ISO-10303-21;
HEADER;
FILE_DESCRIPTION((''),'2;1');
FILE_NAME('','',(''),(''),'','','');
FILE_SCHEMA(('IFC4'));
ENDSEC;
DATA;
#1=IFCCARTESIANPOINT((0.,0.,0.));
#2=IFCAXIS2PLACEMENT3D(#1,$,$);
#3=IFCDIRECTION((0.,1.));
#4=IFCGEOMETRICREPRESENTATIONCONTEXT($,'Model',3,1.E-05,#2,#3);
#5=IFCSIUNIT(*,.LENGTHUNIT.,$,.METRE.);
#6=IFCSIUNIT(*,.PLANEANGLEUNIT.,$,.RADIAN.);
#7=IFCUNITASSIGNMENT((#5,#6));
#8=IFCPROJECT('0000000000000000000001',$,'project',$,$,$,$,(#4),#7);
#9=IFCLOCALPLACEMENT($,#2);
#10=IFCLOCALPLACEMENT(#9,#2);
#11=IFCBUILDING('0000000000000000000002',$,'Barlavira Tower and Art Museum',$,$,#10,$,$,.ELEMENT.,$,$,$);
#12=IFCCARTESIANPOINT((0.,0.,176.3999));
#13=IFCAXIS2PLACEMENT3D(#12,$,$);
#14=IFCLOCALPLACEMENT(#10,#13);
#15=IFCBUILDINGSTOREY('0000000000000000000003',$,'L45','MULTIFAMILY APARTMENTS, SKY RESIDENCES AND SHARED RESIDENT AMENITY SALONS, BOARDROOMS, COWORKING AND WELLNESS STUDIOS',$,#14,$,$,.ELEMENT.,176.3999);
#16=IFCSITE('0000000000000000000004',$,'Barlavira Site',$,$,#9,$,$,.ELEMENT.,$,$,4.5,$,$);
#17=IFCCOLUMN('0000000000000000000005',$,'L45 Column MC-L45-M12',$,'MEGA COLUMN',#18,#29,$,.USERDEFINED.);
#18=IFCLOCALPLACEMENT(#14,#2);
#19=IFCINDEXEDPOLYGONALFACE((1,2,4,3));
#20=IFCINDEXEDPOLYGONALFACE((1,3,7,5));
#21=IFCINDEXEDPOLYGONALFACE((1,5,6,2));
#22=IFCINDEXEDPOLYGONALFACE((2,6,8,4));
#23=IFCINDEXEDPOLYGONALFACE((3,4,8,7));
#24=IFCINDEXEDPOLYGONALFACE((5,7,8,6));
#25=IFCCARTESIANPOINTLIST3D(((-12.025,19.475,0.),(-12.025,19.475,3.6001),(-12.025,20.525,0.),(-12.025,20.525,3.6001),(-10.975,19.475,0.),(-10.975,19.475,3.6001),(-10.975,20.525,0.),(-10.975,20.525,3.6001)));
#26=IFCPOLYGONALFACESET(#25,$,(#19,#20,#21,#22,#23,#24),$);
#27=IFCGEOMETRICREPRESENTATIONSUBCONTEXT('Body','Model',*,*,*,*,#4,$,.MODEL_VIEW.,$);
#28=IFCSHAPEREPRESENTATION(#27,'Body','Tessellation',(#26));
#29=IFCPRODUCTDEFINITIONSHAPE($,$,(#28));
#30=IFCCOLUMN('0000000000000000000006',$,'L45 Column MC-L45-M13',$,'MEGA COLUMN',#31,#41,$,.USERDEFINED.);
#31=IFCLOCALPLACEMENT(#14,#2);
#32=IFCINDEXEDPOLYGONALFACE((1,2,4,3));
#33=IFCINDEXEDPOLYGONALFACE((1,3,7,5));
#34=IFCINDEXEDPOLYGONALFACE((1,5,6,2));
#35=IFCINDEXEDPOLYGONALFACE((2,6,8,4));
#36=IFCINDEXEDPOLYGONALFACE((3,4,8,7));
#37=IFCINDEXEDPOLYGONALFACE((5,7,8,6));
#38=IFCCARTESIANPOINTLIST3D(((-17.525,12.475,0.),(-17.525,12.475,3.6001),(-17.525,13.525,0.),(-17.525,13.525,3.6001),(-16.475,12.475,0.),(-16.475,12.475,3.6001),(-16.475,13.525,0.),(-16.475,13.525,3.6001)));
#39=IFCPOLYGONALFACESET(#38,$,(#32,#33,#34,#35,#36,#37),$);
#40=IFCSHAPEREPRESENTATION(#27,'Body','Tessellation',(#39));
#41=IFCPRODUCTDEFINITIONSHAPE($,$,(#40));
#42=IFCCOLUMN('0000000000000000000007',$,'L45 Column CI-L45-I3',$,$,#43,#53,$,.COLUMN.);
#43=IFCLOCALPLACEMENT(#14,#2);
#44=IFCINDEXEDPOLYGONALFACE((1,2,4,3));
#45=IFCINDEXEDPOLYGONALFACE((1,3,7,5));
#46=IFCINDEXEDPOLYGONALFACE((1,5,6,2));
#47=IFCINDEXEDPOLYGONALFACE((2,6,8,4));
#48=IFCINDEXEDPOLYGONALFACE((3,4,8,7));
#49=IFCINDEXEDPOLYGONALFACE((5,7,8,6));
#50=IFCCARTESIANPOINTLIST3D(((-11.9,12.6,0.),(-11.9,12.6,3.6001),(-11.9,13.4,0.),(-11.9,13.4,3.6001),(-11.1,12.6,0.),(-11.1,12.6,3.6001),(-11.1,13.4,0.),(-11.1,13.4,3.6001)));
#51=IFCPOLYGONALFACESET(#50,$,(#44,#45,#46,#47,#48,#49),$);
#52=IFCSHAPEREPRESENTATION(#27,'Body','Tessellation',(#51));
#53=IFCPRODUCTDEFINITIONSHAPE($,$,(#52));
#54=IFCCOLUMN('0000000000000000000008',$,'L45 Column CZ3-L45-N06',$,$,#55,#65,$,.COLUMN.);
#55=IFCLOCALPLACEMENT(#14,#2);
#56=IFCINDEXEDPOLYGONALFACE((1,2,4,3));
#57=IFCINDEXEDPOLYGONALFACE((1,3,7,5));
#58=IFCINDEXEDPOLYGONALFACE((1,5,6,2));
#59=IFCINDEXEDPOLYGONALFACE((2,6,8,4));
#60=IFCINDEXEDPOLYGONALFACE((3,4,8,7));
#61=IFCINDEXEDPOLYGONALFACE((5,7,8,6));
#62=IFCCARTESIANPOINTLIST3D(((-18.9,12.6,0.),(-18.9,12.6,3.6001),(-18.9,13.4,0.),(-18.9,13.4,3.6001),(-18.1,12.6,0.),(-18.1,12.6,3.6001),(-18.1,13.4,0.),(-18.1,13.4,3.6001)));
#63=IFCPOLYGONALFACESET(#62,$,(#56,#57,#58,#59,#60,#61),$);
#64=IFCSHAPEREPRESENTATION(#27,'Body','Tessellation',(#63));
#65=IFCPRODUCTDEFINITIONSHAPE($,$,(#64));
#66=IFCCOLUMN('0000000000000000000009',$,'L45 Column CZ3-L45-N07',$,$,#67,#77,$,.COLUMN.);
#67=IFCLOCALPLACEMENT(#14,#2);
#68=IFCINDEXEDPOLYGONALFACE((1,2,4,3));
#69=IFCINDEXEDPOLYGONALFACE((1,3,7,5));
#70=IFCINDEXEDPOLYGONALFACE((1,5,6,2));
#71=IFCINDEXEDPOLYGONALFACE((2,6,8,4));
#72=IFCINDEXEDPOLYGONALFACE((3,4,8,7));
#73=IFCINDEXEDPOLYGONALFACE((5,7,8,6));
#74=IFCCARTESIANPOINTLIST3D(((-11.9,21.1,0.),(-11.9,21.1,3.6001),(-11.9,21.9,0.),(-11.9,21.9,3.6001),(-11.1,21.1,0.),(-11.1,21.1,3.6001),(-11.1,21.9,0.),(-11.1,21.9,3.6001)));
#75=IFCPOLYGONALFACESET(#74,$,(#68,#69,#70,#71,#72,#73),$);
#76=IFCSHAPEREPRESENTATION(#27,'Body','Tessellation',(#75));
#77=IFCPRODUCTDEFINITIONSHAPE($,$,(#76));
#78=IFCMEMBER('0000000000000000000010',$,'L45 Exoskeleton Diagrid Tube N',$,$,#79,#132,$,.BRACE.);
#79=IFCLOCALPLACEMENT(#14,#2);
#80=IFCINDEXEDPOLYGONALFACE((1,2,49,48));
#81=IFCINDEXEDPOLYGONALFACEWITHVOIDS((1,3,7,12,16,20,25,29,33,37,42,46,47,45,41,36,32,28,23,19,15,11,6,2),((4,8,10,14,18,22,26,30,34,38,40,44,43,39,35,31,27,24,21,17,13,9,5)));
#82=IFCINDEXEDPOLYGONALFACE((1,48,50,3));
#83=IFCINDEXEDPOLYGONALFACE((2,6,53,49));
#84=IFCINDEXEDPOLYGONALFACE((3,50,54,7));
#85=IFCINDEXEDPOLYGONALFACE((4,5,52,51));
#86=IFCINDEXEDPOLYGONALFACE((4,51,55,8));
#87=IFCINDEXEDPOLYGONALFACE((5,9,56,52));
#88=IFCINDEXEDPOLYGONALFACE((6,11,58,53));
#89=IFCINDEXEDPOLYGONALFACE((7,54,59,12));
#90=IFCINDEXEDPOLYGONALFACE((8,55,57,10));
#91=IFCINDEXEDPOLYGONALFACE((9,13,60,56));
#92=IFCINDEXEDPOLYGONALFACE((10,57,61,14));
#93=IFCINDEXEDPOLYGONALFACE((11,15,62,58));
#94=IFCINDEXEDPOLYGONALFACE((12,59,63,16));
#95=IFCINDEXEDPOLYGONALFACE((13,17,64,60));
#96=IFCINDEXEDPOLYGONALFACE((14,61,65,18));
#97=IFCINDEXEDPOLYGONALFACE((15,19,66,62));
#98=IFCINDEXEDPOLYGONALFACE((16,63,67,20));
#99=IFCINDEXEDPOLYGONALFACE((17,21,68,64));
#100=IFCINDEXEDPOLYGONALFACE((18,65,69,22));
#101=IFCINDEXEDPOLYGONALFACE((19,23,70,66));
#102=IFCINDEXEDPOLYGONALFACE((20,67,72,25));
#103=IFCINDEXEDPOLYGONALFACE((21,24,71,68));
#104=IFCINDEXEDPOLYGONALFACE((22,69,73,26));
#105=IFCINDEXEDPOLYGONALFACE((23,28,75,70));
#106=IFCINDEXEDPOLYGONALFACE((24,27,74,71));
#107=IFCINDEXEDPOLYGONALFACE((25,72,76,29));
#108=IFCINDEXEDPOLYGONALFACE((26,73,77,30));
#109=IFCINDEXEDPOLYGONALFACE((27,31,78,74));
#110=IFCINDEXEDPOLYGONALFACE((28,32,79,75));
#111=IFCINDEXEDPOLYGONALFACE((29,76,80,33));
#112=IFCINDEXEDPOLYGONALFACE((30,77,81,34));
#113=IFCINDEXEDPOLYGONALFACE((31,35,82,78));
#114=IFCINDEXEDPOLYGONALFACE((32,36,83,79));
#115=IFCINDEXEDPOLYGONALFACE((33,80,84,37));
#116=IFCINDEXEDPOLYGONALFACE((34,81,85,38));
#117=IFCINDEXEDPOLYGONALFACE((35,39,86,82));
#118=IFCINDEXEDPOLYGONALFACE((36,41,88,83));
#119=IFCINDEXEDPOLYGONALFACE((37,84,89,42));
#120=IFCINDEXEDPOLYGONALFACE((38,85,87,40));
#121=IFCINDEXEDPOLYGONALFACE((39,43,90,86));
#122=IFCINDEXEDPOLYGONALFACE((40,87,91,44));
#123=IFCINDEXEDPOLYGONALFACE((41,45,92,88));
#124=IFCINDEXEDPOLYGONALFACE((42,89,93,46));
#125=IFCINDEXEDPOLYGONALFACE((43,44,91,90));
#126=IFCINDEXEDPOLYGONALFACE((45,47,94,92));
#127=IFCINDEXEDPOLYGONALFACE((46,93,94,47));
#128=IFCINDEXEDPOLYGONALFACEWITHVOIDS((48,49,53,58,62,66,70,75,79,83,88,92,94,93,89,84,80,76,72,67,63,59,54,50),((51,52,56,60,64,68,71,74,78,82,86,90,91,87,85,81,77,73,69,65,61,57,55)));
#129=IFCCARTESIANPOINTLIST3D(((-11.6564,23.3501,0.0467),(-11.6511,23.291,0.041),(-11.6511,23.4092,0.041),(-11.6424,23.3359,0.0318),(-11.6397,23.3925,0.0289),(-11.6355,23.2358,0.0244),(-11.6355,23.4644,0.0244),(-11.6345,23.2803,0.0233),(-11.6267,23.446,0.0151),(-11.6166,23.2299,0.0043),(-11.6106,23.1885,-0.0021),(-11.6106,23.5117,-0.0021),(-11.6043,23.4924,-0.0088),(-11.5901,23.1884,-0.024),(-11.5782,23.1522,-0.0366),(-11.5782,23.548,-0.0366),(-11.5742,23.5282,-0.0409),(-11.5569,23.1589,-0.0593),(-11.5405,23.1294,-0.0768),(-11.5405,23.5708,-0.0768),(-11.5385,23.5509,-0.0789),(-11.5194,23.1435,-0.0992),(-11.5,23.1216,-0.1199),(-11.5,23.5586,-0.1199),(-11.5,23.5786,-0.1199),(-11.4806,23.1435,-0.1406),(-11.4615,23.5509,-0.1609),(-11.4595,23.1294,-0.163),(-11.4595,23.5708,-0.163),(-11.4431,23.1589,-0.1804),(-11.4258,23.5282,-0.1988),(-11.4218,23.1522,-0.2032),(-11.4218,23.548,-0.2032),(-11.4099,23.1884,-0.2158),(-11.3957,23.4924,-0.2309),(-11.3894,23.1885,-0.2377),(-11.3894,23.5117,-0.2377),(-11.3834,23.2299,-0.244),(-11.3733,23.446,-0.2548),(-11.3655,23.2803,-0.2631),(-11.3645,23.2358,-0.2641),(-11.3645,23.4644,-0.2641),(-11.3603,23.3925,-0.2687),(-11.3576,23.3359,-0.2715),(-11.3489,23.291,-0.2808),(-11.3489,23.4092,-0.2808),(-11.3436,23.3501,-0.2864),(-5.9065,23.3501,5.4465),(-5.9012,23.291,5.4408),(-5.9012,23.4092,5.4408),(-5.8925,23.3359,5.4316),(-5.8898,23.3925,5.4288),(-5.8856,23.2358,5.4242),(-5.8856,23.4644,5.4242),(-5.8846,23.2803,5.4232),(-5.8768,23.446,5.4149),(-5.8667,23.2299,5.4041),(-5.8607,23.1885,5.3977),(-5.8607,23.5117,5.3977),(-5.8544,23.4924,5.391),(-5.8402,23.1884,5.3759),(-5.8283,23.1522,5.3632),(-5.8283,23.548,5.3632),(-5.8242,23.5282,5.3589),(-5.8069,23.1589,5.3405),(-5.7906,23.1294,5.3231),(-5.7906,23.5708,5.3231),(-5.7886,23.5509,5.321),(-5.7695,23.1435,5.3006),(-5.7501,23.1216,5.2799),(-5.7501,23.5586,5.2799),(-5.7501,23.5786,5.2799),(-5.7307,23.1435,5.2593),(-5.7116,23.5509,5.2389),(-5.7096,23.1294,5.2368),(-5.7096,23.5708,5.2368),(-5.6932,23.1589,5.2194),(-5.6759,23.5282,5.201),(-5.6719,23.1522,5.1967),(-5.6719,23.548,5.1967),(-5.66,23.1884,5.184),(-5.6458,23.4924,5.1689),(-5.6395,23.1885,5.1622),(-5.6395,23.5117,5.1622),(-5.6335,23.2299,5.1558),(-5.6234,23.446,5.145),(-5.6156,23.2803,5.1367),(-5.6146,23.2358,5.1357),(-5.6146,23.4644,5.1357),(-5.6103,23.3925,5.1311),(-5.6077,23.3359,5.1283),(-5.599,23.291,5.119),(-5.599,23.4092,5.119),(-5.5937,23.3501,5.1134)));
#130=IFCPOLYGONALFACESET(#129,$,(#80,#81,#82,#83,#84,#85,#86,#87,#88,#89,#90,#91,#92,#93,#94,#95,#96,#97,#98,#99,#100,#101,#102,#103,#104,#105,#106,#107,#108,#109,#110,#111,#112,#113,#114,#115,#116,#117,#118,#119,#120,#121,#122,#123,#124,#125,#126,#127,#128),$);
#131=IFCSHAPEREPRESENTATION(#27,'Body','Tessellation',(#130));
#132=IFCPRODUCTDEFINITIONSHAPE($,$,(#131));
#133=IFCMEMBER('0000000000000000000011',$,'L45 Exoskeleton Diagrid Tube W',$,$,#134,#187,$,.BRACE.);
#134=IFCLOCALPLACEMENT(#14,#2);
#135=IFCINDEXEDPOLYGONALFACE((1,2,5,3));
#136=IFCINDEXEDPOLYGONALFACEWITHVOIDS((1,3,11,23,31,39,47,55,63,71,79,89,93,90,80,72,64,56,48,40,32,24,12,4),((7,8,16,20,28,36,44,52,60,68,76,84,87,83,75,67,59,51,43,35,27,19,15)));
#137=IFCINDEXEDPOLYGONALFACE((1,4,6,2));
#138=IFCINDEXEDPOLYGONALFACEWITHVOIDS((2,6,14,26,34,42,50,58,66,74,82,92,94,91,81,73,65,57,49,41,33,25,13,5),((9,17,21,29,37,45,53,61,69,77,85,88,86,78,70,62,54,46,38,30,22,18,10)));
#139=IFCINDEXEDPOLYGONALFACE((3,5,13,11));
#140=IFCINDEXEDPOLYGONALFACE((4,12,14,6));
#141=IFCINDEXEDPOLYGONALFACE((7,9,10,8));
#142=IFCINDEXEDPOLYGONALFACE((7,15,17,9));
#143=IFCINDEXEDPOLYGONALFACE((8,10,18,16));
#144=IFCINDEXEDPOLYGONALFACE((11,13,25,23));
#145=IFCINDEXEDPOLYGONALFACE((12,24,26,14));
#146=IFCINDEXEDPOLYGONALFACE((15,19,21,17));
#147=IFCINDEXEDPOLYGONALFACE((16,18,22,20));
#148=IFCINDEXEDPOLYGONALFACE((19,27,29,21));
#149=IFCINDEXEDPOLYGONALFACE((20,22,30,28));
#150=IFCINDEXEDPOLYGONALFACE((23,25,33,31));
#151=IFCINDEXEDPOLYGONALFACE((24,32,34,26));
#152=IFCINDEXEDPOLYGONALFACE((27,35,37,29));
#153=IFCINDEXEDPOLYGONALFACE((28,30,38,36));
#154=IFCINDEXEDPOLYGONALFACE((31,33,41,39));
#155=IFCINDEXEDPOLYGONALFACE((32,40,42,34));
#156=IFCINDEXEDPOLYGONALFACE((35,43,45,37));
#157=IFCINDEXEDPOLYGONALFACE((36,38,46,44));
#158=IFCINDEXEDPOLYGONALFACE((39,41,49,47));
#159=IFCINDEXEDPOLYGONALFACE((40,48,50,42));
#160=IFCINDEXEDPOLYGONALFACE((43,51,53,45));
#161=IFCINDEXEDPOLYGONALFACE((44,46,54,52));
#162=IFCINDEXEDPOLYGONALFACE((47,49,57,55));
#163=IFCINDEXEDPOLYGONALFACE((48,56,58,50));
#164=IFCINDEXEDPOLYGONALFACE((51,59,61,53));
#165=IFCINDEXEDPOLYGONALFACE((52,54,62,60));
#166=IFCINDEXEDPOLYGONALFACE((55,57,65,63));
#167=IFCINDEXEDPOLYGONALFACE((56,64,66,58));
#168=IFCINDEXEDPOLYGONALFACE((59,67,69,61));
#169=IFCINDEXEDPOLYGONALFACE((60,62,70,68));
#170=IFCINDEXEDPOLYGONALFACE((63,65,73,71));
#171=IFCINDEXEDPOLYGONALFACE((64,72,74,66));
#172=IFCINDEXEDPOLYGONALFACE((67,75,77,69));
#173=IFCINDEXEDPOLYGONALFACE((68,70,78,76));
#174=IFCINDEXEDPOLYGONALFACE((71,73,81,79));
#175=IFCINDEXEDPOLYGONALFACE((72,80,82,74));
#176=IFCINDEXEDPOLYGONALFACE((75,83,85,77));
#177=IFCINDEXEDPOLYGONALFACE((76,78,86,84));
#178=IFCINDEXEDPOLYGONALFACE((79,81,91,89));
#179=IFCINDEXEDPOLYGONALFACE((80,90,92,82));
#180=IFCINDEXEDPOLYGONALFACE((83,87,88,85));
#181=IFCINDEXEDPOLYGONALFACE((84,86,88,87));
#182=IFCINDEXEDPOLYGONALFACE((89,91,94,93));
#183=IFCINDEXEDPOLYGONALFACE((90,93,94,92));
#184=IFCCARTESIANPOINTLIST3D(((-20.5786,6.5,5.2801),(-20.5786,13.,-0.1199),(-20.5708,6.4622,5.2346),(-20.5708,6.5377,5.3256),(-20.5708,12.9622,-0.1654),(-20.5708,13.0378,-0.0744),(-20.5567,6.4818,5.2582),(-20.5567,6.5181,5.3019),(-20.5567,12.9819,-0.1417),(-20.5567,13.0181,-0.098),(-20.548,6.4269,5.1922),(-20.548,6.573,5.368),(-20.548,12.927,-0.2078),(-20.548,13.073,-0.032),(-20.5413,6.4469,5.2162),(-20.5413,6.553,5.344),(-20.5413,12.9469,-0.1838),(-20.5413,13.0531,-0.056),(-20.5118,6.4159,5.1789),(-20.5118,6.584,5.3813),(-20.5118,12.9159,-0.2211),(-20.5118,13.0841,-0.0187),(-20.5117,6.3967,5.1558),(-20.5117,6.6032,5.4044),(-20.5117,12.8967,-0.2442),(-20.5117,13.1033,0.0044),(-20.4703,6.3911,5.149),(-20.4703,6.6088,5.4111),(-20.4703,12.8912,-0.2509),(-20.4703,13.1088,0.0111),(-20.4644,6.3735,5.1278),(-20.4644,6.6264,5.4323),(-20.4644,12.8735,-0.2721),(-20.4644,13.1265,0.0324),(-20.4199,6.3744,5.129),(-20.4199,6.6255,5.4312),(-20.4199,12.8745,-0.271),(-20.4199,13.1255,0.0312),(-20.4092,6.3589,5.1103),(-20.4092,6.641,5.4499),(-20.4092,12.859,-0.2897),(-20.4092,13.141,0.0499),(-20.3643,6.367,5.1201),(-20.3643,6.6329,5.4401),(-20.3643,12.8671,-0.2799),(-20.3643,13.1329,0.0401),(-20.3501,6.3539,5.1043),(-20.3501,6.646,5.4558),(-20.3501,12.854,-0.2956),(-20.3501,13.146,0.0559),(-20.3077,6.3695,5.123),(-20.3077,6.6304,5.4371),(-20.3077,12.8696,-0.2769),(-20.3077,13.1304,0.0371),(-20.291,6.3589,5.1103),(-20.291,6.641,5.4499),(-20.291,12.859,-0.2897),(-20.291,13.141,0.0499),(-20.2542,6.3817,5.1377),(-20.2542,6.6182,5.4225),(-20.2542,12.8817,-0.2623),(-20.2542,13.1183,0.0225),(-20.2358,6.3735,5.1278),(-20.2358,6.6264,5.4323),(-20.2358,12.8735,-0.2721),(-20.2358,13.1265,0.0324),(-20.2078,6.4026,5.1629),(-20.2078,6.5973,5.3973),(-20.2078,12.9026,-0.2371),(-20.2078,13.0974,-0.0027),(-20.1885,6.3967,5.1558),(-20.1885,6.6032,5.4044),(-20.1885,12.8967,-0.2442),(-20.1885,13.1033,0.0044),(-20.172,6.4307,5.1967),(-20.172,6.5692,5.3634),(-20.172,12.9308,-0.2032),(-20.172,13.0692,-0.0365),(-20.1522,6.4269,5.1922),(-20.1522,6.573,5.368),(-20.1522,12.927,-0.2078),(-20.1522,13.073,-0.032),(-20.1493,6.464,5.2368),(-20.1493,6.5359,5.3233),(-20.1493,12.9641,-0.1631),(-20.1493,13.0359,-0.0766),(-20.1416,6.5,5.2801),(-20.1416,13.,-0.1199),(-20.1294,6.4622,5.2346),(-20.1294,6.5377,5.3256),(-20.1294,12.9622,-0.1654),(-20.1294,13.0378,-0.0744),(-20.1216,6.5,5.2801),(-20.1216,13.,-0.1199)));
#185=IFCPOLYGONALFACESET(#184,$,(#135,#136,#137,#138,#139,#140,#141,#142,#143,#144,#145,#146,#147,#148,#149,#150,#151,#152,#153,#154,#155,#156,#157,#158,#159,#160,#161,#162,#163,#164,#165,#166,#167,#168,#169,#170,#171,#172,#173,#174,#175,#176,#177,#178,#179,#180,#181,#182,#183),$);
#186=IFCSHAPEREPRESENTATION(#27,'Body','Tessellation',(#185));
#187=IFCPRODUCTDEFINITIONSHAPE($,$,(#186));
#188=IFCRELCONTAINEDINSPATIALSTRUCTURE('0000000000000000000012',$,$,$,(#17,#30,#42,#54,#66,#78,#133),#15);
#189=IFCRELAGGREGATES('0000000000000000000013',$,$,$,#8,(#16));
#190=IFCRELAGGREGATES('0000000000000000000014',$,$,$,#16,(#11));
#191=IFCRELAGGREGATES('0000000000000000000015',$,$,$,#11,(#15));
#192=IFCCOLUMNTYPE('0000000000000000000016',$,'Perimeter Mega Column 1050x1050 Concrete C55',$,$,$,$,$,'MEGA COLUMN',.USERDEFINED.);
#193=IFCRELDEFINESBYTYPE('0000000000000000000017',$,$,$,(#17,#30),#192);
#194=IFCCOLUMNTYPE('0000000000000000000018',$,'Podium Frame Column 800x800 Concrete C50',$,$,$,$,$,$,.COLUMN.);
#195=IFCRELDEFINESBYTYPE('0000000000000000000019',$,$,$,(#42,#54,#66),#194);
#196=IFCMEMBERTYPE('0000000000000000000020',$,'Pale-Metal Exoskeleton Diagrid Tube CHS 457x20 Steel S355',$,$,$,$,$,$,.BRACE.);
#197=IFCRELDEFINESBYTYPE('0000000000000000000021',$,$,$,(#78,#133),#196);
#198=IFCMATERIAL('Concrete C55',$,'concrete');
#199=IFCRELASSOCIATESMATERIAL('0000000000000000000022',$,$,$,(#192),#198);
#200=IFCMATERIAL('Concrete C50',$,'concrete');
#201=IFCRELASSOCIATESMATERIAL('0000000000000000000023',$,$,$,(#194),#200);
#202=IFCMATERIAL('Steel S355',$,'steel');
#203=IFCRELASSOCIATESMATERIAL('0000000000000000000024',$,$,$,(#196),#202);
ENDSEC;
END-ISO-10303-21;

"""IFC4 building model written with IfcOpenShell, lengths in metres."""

from ifc_helpers import new_model, si_unit, direction, frame, origin, origin_2d, place, context, subcontext, project, spatial, rectangle, hollow_circle, extrude, material, material_profile, profile_set, type_object, element, save


model = new_model("IFC4")

# Units and contexts
model_context = context("Model", 3, precision=1e-05, world=origin(), true_north=direction((0.0, 1.0)))
body_context = subcontext(model_context, "Body", "Model", "MODEL_VIEW")
ifc_project = project(units=[si_unit("LENGTHUNIT", "METRE"), si_unit("PLANEANGLEUNIT", "RADIAN")], contexts=[model_context])

# Site, building, storey
site_placement = place(None, origin())
site = spatial("IfcSite", under=ifc_project, at=site_placement, Name="Barlavira Site", CompositionType="ELEMENT", RefElevation=4.5)
building_placement = place(site_placement, origin())
building = spatial("IfcBuilding", under=site, at=building_placement, Name="Barlavira Tower and Art Museum", CompositionType="ELEMENT")
storey_placement = place(building_placement, frame((0.0, 0.0, 176.3999)))
storey = spatial("IfcBuildingStorey", under=building, at=storey_placement, Name="L45", Description="MULTIFAMILY APARTMENTS, SKY RESIDENCES AND SHARED RESIDENT AMENITY SALONS, BOARDROOMS, COWORKING AND WELLNESS STUDIOS", CompositionType="ELEMENT", Elevation=176.3999)

# Columns
ifc_material_1 = material(Name="Concrete C55", Category="concrete")
ifc_material_profile_1 = material_profile(ifc_material_1, rectangle(XDim=1.05, YDim=1.05, at=origin_2d()), Name="RC-COL 1050x1050")
ifc_profile_set_1 = profile_set([ifc_material_profile_1], Name="Concrete C55")
column_type_1 = type_object("IfcColumnType", Name="Perimeter Mega Column 1050x1050 Concrete C55", ElementType="MEGA COLUMN", PredefinedType="USERDEFINED", material=ifc_profile_set_1)
for number, where, z_axis, x_axis, name in (
    (1, (-11.5, 20.0, 0.0), (0.0, 0.0, 1.0), (1.0, 0.0, 0.0), "L45 Column MC-L45-M12"),
    (2, (-17.0, 13.0, 0.0), (0.0, 0.0, 1.0), (1.0, 0.0, 0.0), "L45 Column MC-L45-M13"),
):
    element("IfcColumn", number, at=place(storey_placement, frame(where, z_axis=z_axis, x_axis=x_axis)), inside=storey, type_object=column_type_1, Name=name, ObjectType="MEGA COLUMN", PredefinedType="USERDEFINED", context=body_context, shape_type="SweptSolid", body=[
        extrude(rectangle(XDim=1.05, YDim=1.05, at=origin_2d()), origin(), (0.0, 0.0, 1.0), 3.6001),
    ])
ifc_material_2 = material(Name="Concrete C50", Category="concrete")
ifc_material_profile_2 = material_profile(ifc_material_2, rectangle(XDim=0.8, YDim=0.8, at=origin_2d()), Name="RC-COL 800x800")
ifc_profile_set_2 = profile_set([ifc_material_profile_2], Name="Concrete C50")
column_type_2 = type_object("IfcColumnType", Name="Podium Frame Column 800x800 Concrete C50", PredefinedType="COLUMN", material=ifc_profile_set_2)
for number, where, z_axis, x_axis, name in (
    (3, (-11.5, 13.0, 0.0), (0.0, 0.0, 1.0), (1.0, 0.0, 0.0), "L45 Column CI-L45-I3"),
    (4, (-18.5, 13.0, 0.0), (0.0, 0.0, 1.0), (1.0, 0.0, 0.0), "L45 Column CZ3-L45-N06"),
    (5, (-11.5, 21.5, 0.0), (0.0, 0.0, 1.0), (1.0, 0.0, 0.0), "L45 Column CZ3-L45-N07"),
):
    element("IfcColumn", number, at=place(storey_placement, frame(where, z_axis=z_axis, x_axis=x_axis)), inside=storey, type_object=column_type_2, Name=name, PredefinedType="COLUMN", context=body_context, shape_type="SweptSolid", body=[
        extrude(rectangle(XDim=0.8, YDim=0.8, at=origin_2d()), origin(), (0.0, 0.0, 1.0), 3.6001),
    ])

# Members
ifc_material_3 = material(Name="Steel S355", Category="steel")
ifc_material_profile_3 = material_profile(ifc_material_3, hollow_circle(Radius=0.2285, WallThickness=0.02, at=origin_2d()), Name="CHS 457.0x20.0")
ifc_profile_set_3 = profile_set([ifc_material_profile_3], Name="Steel S355")
member_type_1 = type_object("IfcMemberType", Name="Pale-Metal Exoskeleton Diagrid Tube CHS 457x20 Steel S355", PredefinedType="BRACE", material=ifc_profile_set_3)
member_1_placement = place(storey_placement, frame((-11.5, 23.3501, -0.1199), z_axis=(0.72895, 0.0, 0.684567), x_axis=(0.0, 1.0, 0.0)))
element("IfcMember", 6, at=member_1_placement, inside=storey, type_object=member_type_1, Name="L45 Exoskeleton Diagrid Tube N", PredefinedType="BRACE", context=body_context, shape_type="SweptSolid", body=[
    extrude(hollow_circle(Radius=0.2285, WallThickness=0.02, at=origin_2d()), origin(), (0.0, 0.0, 1.0), 7.8879),
])
member_2_placement = place(storey_placement, frame((-20.3501, 13.0, -0.1199), z_axis=(0.0, -0.769196, 0.639013), x_axis=(1.0, 0.0, 0.0)))
element("IfcMember", 7, at=member_2_placement, inside=storey, type_object=member_type_1, Name="L45 Exoskeleton Diagrid Tube W", PredefinedType="BRACE", context=body_context, shape_type="SweptSolid", body=[
    extrude(hollow_circle(Radius=0.2285, WallThickness=0.02, at=origin_2d()), origin(), (0.0, 0.0, 1.0), 8.4504),
])

save(model, "model.ifc")
